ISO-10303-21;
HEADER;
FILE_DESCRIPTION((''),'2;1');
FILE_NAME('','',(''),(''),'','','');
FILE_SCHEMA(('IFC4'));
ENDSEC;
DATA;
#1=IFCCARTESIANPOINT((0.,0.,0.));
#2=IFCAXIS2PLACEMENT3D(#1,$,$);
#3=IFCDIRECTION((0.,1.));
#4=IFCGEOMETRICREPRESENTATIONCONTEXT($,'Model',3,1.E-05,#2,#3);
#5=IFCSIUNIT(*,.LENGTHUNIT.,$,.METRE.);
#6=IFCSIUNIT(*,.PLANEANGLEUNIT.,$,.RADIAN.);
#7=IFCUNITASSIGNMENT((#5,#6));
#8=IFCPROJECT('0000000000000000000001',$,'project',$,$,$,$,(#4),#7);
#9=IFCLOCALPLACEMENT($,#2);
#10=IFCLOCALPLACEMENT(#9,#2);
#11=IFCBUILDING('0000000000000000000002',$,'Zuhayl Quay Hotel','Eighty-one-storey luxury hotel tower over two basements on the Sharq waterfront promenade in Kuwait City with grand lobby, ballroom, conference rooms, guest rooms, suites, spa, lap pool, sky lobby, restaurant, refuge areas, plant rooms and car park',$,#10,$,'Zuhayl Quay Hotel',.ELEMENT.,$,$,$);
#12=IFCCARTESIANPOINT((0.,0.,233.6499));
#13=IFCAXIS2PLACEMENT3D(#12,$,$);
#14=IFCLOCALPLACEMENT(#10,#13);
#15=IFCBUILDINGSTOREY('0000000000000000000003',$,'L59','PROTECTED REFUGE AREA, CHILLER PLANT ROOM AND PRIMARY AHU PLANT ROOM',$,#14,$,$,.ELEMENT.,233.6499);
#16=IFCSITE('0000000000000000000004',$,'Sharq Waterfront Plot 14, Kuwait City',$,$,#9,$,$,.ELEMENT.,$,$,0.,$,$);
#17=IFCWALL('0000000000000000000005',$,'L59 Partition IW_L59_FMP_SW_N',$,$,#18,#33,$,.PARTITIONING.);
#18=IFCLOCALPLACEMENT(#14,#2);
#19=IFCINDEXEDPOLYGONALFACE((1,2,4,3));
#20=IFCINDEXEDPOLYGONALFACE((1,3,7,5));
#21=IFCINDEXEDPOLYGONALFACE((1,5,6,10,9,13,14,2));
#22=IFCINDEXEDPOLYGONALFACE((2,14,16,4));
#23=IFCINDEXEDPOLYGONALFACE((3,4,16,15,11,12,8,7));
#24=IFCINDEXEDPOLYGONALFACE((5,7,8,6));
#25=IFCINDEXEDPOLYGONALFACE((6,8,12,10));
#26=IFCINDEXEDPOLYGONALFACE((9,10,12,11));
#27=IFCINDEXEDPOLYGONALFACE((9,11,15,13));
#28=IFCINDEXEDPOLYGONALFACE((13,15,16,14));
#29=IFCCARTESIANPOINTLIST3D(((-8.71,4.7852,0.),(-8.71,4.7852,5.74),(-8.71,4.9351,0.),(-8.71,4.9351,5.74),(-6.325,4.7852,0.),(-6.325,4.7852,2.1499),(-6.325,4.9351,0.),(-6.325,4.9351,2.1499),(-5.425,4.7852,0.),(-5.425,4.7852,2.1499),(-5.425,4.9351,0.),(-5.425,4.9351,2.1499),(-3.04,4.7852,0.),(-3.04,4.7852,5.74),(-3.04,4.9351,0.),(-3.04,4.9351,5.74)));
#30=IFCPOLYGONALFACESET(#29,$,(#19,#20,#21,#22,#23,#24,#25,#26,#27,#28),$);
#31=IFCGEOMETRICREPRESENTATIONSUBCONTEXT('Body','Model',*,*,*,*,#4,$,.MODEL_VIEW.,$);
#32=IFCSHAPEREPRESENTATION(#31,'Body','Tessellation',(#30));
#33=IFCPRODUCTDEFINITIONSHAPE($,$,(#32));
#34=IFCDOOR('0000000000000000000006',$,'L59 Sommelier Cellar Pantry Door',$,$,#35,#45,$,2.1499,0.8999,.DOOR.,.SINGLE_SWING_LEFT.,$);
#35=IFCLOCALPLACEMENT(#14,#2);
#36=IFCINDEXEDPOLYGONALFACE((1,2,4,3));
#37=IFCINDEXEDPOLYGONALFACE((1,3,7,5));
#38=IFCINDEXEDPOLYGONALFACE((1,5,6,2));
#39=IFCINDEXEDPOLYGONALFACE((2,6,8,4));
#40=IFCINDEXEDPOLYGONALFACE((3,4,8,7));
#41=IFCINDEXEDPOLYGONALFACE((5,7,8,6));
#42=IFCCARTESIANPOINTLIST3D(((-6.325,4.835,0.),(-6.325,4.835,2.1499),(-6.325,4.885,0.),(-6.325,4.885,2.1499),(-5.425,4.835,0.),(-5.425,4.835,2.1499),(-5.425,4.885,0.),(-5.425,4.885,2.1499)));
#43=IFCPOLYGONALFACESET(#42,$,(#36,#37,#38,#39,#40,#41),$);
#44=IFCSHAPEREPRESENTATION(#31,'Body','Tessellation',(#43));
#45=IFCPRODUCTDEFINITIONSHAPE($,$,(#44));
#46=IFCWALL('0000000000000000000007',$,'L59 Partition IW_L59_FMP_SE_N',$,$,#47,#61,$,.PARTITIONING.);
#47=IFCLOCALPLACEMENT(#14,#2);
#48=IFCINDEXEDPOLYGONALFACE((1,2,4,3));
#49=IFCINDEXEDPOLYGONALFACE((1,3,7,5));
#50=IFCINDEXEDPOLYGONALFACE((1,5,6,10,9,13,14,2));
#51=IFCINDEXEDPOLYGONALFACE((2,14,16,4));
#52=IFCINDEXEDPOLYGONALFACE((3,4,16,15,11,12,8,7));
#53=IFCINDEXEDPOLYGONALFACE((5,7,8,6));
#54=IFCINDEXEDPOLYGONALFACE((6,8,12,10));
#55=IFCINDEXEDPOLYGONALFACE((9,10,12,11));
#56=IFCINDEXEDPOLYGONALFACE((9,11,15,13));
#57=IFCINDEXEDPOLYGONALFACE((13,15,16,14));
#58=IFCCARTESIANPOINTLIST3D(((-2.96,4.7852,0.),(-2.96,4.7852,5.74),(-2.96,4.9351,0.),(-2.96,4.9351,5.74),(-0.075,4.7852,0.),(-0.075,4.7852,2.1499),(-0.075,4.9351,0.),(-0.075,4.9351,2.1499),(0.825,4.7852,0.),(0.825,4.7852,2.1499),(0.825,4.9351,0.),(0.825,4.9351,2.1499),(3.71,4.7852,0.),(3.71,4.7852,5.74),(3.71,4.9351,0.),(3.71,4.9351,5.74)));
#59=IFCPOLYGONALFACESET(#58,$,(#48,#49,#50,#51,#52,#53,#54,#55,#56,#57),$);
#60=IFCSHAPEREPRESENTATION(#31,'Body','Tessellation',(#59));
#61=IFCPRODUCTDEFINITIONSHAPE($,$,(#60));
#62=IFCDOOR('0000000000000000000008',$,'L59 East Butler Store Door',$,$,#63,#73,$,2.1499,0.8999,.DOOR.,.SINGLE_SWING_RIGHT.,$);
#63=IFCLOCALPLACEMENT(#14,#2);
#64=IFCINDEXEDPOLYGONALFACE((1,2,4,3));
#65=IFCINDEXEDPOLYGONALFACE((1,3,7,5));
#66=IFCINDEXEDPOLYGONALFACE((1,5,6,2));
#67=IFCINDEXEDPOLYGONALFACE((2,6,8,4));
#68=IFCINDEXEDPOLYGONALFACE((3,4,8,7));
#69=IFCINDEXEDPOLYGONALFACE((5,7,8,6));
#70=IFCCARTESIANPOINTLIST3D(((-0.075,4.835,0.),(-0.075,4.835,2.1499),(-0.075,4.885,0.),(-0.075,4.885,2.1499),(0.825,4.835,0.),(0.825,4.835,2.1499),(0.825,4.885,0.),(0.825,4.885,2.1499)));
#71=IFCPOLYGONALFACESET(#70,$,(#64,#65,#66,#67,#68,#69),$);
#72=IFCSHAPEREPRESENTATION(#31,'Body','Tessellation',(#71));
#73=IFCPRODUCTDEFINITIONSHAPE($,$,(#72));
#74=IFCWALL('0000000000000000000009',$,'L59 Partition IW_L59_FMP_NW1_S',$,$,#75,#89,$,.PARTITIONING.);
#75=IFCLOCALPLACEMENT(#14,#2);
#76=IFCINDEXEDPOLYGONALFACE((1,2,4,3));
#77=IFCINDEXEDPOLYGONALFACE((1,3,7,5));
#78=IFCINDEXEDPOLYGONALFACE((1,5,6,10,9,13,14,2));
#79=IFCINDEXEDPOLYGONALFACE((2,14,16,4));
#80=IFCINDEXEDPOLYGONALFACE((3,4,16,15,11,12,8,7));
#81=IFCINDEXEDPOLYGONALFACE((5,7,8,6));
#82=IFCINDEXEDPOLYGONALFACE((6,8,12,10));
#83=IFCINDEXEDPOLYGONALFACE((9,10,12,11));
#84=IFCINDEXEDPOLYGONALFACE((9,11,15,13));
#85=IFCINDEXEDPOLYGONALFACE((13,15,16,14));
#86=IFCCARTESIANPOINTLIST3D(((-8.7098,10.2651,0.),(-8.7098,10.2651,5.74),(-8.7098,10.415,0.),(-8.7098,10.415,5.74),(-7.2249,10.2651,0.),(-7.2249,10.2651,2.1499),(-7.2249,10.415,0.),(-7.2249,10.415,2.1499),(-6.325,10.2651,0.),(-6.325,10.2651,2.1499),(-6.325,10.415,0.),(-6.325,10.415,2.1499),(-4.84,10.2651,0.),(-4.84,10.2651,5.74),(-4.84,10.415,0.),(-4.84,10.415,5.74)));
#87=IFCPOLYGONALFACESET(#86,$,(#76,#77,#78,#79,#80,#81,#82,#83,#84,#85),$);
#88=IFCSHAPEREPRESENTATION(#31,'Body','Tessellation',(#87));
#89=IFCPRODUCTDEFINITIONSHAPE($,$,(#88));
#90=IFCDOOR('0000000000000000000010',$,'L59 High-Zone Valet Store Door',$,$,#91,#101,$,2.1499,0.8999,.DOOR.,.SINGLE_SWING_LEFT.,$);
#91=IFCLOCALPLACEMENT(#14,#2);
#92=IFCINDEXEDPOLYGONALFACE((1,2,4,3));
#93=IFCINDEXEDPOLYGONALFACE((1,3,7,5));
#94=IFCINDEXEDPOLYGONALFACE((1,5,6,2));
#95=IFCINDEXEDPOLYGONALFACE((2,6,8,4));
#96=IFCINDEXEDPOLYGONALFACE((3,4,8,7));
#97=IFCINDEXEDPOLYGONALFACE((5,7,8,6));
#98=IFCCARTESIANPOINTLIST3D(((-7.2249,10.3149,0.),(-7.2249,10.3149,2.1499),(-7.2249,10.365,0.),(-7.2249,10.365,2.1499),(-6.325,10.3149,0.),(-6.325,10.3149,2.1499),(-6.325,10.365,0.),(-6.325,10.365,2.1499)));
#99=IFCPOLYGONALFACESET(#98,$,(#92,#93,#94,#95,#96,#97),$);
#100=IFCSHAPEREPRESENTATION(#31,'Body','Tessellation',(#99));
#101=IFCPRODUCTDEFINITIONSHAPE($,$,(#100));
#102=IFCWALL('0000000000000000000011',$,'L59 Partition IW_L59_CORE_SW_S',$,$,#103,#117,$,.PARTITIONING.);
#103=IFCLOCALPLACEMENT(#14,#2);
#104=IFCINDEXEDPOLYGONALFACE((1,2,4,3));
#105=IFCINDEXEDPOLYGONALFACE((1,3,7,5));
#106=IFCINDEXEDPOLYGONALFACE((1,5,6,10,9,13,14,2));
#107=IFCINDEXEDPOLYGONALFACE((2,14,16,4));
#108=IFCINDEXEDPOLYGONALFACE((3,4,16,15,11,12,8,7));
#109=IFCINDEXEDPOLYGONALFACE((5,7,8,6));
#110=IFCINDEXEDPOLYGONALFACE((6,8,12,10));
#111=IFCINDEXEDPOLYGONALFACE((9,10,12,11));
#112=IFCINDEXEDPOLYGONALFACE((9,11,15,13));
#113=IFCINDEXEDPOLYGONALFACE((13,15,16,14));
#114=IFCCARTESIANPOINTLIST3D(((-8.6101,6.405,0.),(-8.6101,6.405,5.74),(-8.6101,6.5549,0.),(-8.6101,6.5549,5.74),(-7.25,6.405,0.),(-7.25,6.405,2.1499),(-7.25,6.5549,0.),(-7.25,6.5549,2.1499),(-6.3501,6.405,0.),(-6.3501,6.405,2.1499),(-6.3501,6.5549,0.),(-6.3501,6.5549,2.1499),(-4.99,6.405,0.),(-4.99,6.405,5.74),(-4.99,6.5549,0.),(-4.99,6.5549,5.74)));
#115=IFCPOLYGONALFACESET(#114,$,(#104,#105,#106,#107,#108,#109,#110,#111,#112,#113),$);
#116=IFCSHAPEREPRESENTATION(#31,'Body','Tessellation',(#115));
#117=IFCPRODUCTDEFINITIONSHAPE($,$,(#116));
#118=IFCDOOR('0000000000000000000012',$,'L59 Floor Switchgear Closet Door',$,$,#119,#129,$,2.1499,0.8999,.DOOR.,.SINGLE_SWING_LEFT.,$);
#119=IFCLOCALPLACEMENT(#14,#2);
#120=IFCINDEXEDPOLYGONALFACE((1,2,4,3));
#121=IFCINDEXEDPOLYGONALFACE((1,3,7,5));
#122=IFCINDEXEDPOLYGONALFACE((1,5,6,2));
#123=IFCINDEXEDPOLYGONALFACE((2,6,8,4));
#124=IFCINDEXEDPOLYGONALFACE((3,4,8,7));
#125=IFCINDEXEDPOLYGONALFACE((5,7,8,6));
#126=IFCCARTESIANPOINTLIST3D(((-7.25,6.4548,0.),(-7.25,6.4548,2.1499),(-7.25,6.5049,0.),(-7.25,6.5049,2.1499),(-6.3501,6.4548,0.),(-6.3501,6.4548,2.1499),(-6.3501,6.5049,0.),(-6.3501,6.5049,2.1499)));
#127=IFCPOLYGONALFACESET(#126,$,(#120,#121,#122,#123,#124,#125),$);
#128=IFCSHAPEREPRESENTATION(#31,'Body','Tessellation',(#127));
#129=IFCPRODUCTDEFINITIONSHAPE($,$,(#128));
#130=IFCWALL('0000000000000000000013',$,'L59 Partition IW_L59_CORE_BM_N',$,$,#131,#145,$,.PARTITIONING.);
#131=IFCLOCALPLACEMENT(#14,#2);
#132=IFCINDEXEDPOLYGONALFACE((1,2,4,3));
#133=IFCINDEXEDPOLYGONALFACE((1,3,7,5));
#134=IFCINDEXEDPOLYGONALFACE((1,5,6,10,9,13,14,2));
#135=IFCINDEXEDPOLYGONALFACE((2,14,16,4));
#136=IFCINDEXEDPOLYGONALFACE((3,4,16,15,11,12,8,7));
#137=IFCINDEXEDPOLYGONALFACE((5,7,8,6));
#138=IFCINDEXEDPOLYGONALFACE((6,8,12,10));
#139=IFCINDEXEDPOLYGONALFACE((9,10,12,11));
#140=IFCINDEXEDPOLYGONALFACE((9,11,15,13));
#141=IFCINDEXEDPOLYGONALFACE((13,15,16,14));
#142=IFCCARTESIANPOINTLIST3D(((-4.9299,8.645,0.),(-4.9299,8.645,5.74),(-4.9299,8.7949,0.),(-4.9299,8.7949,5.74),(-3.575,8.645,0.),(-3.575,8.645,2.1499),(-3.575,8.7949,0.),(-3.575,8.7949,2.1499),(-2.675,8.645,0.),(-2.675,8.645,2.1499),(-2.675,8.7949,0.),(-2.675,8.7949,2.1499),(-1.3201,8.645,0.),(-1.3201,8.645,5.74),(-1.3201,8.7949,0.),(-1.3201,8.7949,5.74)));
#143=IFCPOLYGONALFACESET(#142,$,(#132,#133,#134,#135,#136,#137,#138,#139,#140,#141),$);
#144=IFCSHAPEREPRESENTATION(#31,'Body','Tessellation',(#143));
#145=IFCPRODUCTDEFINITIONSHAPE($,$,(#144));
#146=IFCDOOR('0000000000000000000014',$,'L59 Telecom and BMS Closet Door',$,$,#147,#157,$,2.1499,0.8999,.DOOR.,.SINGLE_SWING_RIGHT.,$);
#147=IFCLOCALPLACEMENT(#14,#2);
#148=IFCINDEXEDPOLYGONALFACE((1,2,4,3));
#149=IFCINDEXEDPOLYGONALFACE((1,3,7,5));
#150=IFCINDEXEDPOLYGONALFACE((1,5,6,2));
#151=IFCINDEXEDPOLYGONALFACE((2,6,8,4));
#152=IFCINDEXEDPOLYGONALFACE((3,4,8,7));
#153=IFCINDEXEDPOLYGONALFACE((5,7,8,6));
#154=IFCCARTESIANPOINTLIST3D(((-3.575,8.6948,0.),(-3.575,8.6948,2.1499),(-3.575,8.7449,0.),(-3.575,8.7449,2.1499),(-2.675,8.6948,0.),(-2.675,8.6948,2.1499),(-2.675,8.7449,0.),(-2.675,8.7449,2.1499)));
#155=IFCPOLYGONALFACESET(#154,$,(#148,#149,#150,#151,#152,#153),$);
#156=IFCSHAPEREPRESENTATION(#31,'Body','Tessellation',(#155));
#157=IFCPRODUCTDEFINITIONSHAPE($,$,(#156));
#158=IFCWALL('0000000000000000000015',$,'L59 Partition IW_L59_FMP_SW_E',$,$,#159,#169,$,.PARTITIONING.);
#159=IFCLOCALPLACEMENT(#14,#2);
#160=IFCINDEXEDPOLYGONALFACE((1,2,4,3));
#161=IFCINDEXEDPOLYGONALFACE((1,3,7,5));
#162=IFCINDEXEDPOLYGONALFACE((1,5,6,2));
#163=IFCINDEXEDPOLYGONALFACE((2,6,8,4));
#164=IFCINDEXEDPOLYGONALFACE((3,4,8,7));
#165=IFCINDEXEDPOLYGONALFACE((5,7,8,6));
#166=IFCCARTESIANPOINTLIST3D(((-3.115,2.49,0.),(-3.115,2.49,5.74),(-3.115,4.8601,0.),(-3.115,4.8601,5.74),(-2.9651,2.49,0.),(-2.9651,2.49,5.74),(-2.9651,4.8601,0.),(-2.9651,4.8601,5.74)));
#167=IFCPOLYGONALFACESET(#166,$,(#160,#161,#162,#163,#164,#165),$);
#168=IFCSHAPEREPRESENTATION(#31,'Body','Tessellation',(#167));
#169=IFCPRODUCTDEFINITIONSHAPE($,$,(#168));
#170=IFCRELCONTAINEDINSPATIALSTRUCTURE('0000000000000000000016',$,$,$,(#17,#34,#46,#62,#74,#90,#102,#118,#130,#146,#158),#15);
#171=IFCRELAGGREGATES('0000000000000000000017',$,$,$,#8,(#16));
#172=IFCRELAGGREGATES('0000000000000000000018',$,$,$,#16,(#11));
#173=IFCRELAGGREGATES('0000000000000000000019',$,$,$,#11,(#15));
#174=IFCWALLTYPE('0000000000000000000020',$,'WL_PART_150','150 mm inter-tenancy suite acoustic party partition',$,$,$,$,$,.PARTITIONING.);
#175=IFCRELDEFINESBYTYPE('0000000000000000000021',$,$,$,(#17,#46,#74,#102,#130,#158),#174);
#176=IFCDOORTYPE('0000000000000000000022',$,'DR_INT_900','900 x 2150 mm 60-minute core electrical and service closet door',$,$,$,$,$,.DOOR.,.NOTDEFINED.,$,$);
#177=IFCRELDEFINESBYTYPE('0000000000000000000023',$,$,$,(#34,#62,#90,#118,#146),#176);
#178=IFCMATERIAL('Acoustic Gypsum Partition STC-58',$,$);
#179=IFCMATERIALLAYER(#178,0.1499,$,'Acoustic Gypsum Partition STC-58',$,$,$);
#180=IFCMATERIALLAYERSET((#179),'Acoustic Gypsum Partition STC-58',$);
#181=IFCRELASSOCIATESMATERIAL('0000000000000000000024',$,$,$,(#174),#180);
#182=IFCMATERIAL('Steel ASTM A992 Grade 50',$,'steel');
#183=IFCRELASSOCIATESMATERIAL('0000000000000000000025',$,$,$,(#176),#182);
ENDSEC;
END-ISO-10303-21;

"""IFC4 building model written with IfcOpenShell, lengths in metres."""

from ifc_helpers import new_model, si_unit, direction, frame, frame_2d, origin, place, context, subcontext, project, spatial, rectangle, extrude, material, layer, layer_set, type_object, element, fill, save


model = new_model("IFC4")

# Units and contexts
model_context = context("Model", 3, precision=1e-05, world=origin(), true_north=direction((0.0, 1.0)))
body_context = subcontext(model_context, "Body", "Model", "MODEL_VIEW")
ifc_project = project(units=[si_unit("LENGTHUNIT", "METRE"), si_unit("PLANEANGLEUNIT", "RADIAN")], contexts=[model_context])

# Site, building, storey
site_placement = place(None, origin())
site = spatial("IfcSite", under=ifc_project, at=site_placement, Name="Sharq Waterfront Plot 14, Kuwait City", CompositionType="ELEMENT", RefElevation=0.0)
building_placement = place(site_placement, origin())
building = spatial("IfcBuilding", under=site, at=building_placement, Name="Zuhayl Quay Hotel", Description="Eighty-one-storey luxury hotel tower over two basements on the Sharq waterfront promenade in Kuwait City with grand lobby, ballroom, conference rooms, guest rooms, suites, spa, lap pool, sky lobby, restaurant, refuge areas, plant rooms and car park", LongName="Zuhayl Quay Hotel", CompositionType="ELEMENT")
storey_placement = place(building_placement, frame((0.0, 0.0, 233.6499)))
storey = spatial("IfcBuildingStorey", under=building, at=storey_placement, Name="L59", Description="PROTECTED REFUGE AREA, CHILLER PLANT ROOM AND PRIMARY AHU PLANT ROOM", CompositionType="ELEMENT", Elevation=233.6499)

# Walls, openings, doors
ifc_material_1 = material(Name="Acoustic Gypsum Partition STC-58")
ifc_layer_1 = layer(ifc_material_1, 0.1499, Name="Acoustic Gypsum Partition STC-58")
ifc_layer_set_1 = layer_set([ifc_layer_1], Name="Acoustic Gypsum Partition STC-58")
wall_type_1 = type_object("IfcWallType", Name="WL_PART_150", Description="150 mm inter-tenancy suite acoustic party partition", PredefinedType="PARTITIONING", material=ifc_layer_set_1)
wall_1_placement = place(storey_placement, frame((-8.71, 4.8601, 0.0), z_axis=(0.0, 0.0, 1.0), x_axis=(1.0, 0.0, 0.0)))
wall_1 = element("IfcWall", 1, at=wall_1_placement, inside=storey, type_object=wall_type_1, Name="L59 Partition IW_L59_FMP_SW_N", PredefinedType="PARTITIONING", context=body_context, shape_type="SweptSolid", body=[
    extrude(rectangle(XDim=5.6699, YDim=0.1499, at=frame_2d((2.835, 0.0))), origin(), (0.0, 0.0, 1.0), 5.74),
])
opening_1_placement = place(wall_1_placement, frame((2.385, 0.0, 0.0)))
opening_1 = element("IfcOpeningElement", 2, at=opening_1_placement, cuts=wall_1, PredefinedType="OPENING", context=body_context, shape_type="SweptSolid", body=[
    extrude(rectangle(XDim=0.8999, YDim=2.1499, at=frame_2d((0.45, 1.075))), frame((0.0, 0.085, 0.0), z_axis=(0.0, -1.0, 0.0), x_axis=(1.0, 0.0, 0.0)), (0.0, 0.0, 1.0), 0.1699),
])
ifc_material_2 = material(Name="Steel ASTM A992 Grade 50", Category="steel")
door_type_1 = type_object("IfcDoorType", Name="DR_INT_900", Description="900 x 2150 mm 60-minute core electrical and service closet door", OperationType="NOTDEFINED", PredefinedType="DOOR", material=ifc_material_2)
door_1_placement = place(opening_1_placement, origin())
door_1 = element("IfcDoor", 3, at=door_1_placement, inside=storey, type_object=door_type_1, Name="L59 Sommelier Cellar Pantry Door", OperationType="SINGLE_SWING_LEFT", OverallHeight=2.1499, OverallWidth=0.8999, PredefinedType="DOOR", context=body_context, shape_type="SweptSolid", body=[
    extrude(rectangle(XDim=0.8999, YDim=2.1499, at=frame_2d((0.45, 1.075))), frame((0.0, 0.0249, 0.0), z_axis=(0.0, -1.0, 0.0), x_axis=(1.0, 0.0, 0.0)), (0.0, 0.0, 1.0), 0.05),
])
fill(opening_1, door_1)
wall_2_placement = place(storey_placement, frame((-2.96, 4.8601, 0.0), z_axis=(0.0, 0.0, 1.0), x_axis=(1.0, 0.0, 0.0)))
wall_2 = element("IfcWall", 4, at=wall_2_placement, inside=storey, type_object=wall_type_1, Name="L59 Partition IW_L59_FMP_SE_N", PredefinedType="PARTITIONING", context=body_context, shape_type="SweptSolid", body=[
    extrude(rectangle(XDim=6.6699, YDim=0.1499, at=frame_2d((3.335, 0.0))), origin(), (0.0, 0.0, 1.0), 5.74),
])
opening_2_placement = place(wall_2_placement, frame((2.885, 0.0, 0.0)))
opening_2 = element("IfcOpeningElement", 5, at=opening_2_placement, cuts=wall_2, PredefinedType="OPENING", context=body_context, shape_type="SweptSolid", body=[
    extrude(rectangle(XDim=0.8999, YDim=2.1499, at=frame_2d((0.45, 1.075))), frame((0.0, 0.085, 0.0), z_axis=(0.0, -1.0, 0.0), x_axis=(1.0, 0.0, 0.0)), (0.0, 0.0, 1.0), 0.1699),
])
door_2_placement = place(opening_2_placement, origin())
door_2 = element("IfcDoor", 6, at=door_2_placement, inside=storey, type_object=door_type_1, Name="L59 East Butler Store Door", OperationType="SINGLE_SWING_RIGHT", OverallHeight=2.1499, OverallWidth=0.8999, PredefinedType="DOOR", context=body_context, shape_type="SweptSolid", body=[
    extrude(rectangle(XDim=0.8999, YDim=2.1499, at=frame_2d((0.45, 1.075))), frame((0.0, 0.0249, 0.0), z_axis=(0.0, -1.0, 0.0), x_axis=(1.0, 0.0, 0.0)), (0.0, 0.0, 1.0), 0.05),
])
fill(opening_2, door_2)
wall_3_placement = place(storey_placement, frame((-8.71, 10.3401, 0.0), z_axis=(0.0, 0.0, 1.0), x_axis=(1.0, 0.0, 0.0)))
wall_3 = element("IfcWall", 7, at=wall_3_placement, inside=storey, type_object=wall_type_1, Name="L59 Partition IW_L59_FMP_NW1_S", PredefinedType="PARTITIONING", context=body_context, shape_type="SweptSolid", body=[
    extrude(rectangle(XDim=3.8699, YDim=0.1499, at=frame_2d((1.9351, 0.0))), origin(), (0.0, 0.0, 1.0), 5.74),
])
opening_3_placement = place(wall_3_placement, frame((1.4851, 0.0, 0.0)))
opening_3 = element("IfcOpeningElement", 8, at=opening_3_placement, cuts=wall_3, PredefinedType="OPENING", context=body_context, shape_type="SweptSolid", body=[
    extrude(rectangle(XDim=0.8999, YDim=2.1499, at=frame_2d((0.45, 1.075))), frame((0.0, 0.085, 0.0), z_axis=(0.0, -1.0, 0.0), x_axis=(1.0, 0.0, 0.0)), (0.0, 0.0, 1.0), 0.1699),
])
door_3_placement = place(opening_3_placement, origin())
door_3 = element("IfcDoor", 9, at=door_3_placement, inside=storey, type_object=door_type_1, Name="L59 High-Zone Valet Store Door", OperationType="SINGLE_SWING_LEFT", OverallHeight=2.1499, OverallWidth=0.8999, PredefinedType="DOOR", context=body_context, shape_type="SweptSolid", body=[
    extrude(rectangle(XDim=0.8999, YDim=2.1499, at=frame_2d((0.45, 1.075))), frame((0.0, 0.0249, 0.0), z_axis=(0.0, -1.0, 0.0), x_axis=(1.0, 0.0, 0.0)), (0.0, 0.0, 1.0), 0.05),
])
fill(opening_3, door_3)
wall_4_placement = place(storey_placement, frame((-8.6101, 6.48, 0.0), z_axis=(0.0, 0.0, 1.0), x_axis=(1.0, 0.0, 0.0)))
wall_4 = element("IfcWall", 10, at=wall_4_placement, inside=storey, type_object=wall_type_1, Name="L59 Partition IW_L59_CORE_SW_S", PredefinedType="PARTITIONING", context=body_context, shape_type="SweptSolid", body=[
    extrude(rectangle(XDim=3.6201, YDim=0.1499, at=frame_2d((1.8101, 0.0))), origin(), (0.0, 0.0, 1.0), 5.74),
])
opening_4_placement = place(wall_4_placement, frame((1.3601, 0.0, 0.0)))
opening_4 = element("IfcOpeningElement", 11, at=opening_4_placement, cuts=wall_4, PredefinedType="OPENING", context=body_context, shape_type="SweptSolid", body=[
    extrude(rectangle(XDim=0.8999, YDim=2.1499, at=frame_2d((0.45, 1.075))), frame((0.0, 0.085, 0.0), z_axis=(0.0, -1.0, 0.0), x_axis=(1.0, 0.0, 0.0)), (0.0, 0.0, 1.0), 0.1699),
])
door_4_placement = place(opening_4_placement, origin())
door_4 = element("IfcDoor", 12, at=door_4_placement, inside=storey, type_object=door_type_1, Name="L59 Floor Switchgear Closet Door", OperationType="SINGLE_SWING_LEFT", OverallHeight=2.1499, OverallWidth=0.8999, PredefinedType="DOOR", context=body_context, shape_type="SweptSolid", body=[
    extrude(rectangle(XDim=0.8999, YDim=2.1499, at=frame_2d((0.45, 1.075))), frame((0.0, 0.0249, 0.0), z_axis=(0.0, -1.0, 0.0), x_axis=(1.0, 0.0, 0.0)), (0.0, 0.0, 1.0), 0.05),
])
fill(opening_4, door_4)
wall_5_placement = place(storey_placement, frame((-4.9299, 8.72, 0.0), z_axis=(0.0, 0.0, 1.0), x_axis=(1.0, 0.0, 0.0)))
wall_5 = element("IfcWall", 13, at=wall_5_placement, inside=storey, type_object=wall_type_1, Name="L59 Partition IW_L59_CORE_BM_N", PredefinedType="PARTITIONING", context=body_context, shape_type="SweptSolid", body=[
    extrude(rectangle(XDim=3.6099, YDim=0.1499, at=frame_2d((1.8049, 0.0))), origin(), (0.0, 0.0, 1.0), 5.74),
])
opening_5_placement = place(wall_5_placement, frame((1.355, 0.0, 0.0)))
opening_5 = element("IfcOpeningElement", 14, at=opening_5_placement, cuts=wall_5, PredefinedType="OPENING", context=body_context, shape_type="SweptSolid", body=[
    extrude(rectangle(XDim=0.8999, YDim=2.1499, at=frame_2d((0.45, 1.075))), frame((0.0, 0.085, 0.0), z_axis=(0.0, -1.0, 0.0), x_axis=(1.0, 0.0, 0.0)), (0.0, 0.0, 1.0), 0.1699),
])
door_5_placement = place(opening_5_placement, origin())
door_5 = element("IfcDoor", 15, at=door_5_placement, inside=storey, type_object=door_type_1, Name="L59 Telecom and BMS Closet Door", OperationType="SINGLE_SWING_RIGHT", OverallHeight=2.1499, OverallWidth=0.8999, PredefinedType="DOOR", context=body_context, shape_type="SweptSolid", body=[
    extrude(rectangle(XDim=0.8999, YDim=2.1499, at=frame_2d((0.45, 1.075))), frame((0.0, 0.0249, 0.0), z_axis=(0.0, -1.0, 0.0), x_axis=(1.0, 0.0, 0.0)), (0.0, 0.0, 1.0), 0.05),
])
fill(opening_5, door_5)

# Wall
wall_6_placement = place(storey_placement, frame((-3.04, 2.49, 0.0), z_axis=(0.0, 0.0, 1.0), x_axis=(0.0, 1.0, 0.0)))
element("IfcWall", 16, at=wall_6_placement, inside=storey, type_object=wall_type_1, Name="L59 Partition IW_L59_FMP_SW_E", PredefinedType="PARTITIONING", context=body_context, shape_type="SweptSolid", body=[
    extrude(rectangle(XDim=2.3701, YDim=0.1499, at=frame_2d((1.1851, 0.0))), origin(), (0.0, 0.0, 1.0), 5.74),
])

save(model, "model.ifc")
